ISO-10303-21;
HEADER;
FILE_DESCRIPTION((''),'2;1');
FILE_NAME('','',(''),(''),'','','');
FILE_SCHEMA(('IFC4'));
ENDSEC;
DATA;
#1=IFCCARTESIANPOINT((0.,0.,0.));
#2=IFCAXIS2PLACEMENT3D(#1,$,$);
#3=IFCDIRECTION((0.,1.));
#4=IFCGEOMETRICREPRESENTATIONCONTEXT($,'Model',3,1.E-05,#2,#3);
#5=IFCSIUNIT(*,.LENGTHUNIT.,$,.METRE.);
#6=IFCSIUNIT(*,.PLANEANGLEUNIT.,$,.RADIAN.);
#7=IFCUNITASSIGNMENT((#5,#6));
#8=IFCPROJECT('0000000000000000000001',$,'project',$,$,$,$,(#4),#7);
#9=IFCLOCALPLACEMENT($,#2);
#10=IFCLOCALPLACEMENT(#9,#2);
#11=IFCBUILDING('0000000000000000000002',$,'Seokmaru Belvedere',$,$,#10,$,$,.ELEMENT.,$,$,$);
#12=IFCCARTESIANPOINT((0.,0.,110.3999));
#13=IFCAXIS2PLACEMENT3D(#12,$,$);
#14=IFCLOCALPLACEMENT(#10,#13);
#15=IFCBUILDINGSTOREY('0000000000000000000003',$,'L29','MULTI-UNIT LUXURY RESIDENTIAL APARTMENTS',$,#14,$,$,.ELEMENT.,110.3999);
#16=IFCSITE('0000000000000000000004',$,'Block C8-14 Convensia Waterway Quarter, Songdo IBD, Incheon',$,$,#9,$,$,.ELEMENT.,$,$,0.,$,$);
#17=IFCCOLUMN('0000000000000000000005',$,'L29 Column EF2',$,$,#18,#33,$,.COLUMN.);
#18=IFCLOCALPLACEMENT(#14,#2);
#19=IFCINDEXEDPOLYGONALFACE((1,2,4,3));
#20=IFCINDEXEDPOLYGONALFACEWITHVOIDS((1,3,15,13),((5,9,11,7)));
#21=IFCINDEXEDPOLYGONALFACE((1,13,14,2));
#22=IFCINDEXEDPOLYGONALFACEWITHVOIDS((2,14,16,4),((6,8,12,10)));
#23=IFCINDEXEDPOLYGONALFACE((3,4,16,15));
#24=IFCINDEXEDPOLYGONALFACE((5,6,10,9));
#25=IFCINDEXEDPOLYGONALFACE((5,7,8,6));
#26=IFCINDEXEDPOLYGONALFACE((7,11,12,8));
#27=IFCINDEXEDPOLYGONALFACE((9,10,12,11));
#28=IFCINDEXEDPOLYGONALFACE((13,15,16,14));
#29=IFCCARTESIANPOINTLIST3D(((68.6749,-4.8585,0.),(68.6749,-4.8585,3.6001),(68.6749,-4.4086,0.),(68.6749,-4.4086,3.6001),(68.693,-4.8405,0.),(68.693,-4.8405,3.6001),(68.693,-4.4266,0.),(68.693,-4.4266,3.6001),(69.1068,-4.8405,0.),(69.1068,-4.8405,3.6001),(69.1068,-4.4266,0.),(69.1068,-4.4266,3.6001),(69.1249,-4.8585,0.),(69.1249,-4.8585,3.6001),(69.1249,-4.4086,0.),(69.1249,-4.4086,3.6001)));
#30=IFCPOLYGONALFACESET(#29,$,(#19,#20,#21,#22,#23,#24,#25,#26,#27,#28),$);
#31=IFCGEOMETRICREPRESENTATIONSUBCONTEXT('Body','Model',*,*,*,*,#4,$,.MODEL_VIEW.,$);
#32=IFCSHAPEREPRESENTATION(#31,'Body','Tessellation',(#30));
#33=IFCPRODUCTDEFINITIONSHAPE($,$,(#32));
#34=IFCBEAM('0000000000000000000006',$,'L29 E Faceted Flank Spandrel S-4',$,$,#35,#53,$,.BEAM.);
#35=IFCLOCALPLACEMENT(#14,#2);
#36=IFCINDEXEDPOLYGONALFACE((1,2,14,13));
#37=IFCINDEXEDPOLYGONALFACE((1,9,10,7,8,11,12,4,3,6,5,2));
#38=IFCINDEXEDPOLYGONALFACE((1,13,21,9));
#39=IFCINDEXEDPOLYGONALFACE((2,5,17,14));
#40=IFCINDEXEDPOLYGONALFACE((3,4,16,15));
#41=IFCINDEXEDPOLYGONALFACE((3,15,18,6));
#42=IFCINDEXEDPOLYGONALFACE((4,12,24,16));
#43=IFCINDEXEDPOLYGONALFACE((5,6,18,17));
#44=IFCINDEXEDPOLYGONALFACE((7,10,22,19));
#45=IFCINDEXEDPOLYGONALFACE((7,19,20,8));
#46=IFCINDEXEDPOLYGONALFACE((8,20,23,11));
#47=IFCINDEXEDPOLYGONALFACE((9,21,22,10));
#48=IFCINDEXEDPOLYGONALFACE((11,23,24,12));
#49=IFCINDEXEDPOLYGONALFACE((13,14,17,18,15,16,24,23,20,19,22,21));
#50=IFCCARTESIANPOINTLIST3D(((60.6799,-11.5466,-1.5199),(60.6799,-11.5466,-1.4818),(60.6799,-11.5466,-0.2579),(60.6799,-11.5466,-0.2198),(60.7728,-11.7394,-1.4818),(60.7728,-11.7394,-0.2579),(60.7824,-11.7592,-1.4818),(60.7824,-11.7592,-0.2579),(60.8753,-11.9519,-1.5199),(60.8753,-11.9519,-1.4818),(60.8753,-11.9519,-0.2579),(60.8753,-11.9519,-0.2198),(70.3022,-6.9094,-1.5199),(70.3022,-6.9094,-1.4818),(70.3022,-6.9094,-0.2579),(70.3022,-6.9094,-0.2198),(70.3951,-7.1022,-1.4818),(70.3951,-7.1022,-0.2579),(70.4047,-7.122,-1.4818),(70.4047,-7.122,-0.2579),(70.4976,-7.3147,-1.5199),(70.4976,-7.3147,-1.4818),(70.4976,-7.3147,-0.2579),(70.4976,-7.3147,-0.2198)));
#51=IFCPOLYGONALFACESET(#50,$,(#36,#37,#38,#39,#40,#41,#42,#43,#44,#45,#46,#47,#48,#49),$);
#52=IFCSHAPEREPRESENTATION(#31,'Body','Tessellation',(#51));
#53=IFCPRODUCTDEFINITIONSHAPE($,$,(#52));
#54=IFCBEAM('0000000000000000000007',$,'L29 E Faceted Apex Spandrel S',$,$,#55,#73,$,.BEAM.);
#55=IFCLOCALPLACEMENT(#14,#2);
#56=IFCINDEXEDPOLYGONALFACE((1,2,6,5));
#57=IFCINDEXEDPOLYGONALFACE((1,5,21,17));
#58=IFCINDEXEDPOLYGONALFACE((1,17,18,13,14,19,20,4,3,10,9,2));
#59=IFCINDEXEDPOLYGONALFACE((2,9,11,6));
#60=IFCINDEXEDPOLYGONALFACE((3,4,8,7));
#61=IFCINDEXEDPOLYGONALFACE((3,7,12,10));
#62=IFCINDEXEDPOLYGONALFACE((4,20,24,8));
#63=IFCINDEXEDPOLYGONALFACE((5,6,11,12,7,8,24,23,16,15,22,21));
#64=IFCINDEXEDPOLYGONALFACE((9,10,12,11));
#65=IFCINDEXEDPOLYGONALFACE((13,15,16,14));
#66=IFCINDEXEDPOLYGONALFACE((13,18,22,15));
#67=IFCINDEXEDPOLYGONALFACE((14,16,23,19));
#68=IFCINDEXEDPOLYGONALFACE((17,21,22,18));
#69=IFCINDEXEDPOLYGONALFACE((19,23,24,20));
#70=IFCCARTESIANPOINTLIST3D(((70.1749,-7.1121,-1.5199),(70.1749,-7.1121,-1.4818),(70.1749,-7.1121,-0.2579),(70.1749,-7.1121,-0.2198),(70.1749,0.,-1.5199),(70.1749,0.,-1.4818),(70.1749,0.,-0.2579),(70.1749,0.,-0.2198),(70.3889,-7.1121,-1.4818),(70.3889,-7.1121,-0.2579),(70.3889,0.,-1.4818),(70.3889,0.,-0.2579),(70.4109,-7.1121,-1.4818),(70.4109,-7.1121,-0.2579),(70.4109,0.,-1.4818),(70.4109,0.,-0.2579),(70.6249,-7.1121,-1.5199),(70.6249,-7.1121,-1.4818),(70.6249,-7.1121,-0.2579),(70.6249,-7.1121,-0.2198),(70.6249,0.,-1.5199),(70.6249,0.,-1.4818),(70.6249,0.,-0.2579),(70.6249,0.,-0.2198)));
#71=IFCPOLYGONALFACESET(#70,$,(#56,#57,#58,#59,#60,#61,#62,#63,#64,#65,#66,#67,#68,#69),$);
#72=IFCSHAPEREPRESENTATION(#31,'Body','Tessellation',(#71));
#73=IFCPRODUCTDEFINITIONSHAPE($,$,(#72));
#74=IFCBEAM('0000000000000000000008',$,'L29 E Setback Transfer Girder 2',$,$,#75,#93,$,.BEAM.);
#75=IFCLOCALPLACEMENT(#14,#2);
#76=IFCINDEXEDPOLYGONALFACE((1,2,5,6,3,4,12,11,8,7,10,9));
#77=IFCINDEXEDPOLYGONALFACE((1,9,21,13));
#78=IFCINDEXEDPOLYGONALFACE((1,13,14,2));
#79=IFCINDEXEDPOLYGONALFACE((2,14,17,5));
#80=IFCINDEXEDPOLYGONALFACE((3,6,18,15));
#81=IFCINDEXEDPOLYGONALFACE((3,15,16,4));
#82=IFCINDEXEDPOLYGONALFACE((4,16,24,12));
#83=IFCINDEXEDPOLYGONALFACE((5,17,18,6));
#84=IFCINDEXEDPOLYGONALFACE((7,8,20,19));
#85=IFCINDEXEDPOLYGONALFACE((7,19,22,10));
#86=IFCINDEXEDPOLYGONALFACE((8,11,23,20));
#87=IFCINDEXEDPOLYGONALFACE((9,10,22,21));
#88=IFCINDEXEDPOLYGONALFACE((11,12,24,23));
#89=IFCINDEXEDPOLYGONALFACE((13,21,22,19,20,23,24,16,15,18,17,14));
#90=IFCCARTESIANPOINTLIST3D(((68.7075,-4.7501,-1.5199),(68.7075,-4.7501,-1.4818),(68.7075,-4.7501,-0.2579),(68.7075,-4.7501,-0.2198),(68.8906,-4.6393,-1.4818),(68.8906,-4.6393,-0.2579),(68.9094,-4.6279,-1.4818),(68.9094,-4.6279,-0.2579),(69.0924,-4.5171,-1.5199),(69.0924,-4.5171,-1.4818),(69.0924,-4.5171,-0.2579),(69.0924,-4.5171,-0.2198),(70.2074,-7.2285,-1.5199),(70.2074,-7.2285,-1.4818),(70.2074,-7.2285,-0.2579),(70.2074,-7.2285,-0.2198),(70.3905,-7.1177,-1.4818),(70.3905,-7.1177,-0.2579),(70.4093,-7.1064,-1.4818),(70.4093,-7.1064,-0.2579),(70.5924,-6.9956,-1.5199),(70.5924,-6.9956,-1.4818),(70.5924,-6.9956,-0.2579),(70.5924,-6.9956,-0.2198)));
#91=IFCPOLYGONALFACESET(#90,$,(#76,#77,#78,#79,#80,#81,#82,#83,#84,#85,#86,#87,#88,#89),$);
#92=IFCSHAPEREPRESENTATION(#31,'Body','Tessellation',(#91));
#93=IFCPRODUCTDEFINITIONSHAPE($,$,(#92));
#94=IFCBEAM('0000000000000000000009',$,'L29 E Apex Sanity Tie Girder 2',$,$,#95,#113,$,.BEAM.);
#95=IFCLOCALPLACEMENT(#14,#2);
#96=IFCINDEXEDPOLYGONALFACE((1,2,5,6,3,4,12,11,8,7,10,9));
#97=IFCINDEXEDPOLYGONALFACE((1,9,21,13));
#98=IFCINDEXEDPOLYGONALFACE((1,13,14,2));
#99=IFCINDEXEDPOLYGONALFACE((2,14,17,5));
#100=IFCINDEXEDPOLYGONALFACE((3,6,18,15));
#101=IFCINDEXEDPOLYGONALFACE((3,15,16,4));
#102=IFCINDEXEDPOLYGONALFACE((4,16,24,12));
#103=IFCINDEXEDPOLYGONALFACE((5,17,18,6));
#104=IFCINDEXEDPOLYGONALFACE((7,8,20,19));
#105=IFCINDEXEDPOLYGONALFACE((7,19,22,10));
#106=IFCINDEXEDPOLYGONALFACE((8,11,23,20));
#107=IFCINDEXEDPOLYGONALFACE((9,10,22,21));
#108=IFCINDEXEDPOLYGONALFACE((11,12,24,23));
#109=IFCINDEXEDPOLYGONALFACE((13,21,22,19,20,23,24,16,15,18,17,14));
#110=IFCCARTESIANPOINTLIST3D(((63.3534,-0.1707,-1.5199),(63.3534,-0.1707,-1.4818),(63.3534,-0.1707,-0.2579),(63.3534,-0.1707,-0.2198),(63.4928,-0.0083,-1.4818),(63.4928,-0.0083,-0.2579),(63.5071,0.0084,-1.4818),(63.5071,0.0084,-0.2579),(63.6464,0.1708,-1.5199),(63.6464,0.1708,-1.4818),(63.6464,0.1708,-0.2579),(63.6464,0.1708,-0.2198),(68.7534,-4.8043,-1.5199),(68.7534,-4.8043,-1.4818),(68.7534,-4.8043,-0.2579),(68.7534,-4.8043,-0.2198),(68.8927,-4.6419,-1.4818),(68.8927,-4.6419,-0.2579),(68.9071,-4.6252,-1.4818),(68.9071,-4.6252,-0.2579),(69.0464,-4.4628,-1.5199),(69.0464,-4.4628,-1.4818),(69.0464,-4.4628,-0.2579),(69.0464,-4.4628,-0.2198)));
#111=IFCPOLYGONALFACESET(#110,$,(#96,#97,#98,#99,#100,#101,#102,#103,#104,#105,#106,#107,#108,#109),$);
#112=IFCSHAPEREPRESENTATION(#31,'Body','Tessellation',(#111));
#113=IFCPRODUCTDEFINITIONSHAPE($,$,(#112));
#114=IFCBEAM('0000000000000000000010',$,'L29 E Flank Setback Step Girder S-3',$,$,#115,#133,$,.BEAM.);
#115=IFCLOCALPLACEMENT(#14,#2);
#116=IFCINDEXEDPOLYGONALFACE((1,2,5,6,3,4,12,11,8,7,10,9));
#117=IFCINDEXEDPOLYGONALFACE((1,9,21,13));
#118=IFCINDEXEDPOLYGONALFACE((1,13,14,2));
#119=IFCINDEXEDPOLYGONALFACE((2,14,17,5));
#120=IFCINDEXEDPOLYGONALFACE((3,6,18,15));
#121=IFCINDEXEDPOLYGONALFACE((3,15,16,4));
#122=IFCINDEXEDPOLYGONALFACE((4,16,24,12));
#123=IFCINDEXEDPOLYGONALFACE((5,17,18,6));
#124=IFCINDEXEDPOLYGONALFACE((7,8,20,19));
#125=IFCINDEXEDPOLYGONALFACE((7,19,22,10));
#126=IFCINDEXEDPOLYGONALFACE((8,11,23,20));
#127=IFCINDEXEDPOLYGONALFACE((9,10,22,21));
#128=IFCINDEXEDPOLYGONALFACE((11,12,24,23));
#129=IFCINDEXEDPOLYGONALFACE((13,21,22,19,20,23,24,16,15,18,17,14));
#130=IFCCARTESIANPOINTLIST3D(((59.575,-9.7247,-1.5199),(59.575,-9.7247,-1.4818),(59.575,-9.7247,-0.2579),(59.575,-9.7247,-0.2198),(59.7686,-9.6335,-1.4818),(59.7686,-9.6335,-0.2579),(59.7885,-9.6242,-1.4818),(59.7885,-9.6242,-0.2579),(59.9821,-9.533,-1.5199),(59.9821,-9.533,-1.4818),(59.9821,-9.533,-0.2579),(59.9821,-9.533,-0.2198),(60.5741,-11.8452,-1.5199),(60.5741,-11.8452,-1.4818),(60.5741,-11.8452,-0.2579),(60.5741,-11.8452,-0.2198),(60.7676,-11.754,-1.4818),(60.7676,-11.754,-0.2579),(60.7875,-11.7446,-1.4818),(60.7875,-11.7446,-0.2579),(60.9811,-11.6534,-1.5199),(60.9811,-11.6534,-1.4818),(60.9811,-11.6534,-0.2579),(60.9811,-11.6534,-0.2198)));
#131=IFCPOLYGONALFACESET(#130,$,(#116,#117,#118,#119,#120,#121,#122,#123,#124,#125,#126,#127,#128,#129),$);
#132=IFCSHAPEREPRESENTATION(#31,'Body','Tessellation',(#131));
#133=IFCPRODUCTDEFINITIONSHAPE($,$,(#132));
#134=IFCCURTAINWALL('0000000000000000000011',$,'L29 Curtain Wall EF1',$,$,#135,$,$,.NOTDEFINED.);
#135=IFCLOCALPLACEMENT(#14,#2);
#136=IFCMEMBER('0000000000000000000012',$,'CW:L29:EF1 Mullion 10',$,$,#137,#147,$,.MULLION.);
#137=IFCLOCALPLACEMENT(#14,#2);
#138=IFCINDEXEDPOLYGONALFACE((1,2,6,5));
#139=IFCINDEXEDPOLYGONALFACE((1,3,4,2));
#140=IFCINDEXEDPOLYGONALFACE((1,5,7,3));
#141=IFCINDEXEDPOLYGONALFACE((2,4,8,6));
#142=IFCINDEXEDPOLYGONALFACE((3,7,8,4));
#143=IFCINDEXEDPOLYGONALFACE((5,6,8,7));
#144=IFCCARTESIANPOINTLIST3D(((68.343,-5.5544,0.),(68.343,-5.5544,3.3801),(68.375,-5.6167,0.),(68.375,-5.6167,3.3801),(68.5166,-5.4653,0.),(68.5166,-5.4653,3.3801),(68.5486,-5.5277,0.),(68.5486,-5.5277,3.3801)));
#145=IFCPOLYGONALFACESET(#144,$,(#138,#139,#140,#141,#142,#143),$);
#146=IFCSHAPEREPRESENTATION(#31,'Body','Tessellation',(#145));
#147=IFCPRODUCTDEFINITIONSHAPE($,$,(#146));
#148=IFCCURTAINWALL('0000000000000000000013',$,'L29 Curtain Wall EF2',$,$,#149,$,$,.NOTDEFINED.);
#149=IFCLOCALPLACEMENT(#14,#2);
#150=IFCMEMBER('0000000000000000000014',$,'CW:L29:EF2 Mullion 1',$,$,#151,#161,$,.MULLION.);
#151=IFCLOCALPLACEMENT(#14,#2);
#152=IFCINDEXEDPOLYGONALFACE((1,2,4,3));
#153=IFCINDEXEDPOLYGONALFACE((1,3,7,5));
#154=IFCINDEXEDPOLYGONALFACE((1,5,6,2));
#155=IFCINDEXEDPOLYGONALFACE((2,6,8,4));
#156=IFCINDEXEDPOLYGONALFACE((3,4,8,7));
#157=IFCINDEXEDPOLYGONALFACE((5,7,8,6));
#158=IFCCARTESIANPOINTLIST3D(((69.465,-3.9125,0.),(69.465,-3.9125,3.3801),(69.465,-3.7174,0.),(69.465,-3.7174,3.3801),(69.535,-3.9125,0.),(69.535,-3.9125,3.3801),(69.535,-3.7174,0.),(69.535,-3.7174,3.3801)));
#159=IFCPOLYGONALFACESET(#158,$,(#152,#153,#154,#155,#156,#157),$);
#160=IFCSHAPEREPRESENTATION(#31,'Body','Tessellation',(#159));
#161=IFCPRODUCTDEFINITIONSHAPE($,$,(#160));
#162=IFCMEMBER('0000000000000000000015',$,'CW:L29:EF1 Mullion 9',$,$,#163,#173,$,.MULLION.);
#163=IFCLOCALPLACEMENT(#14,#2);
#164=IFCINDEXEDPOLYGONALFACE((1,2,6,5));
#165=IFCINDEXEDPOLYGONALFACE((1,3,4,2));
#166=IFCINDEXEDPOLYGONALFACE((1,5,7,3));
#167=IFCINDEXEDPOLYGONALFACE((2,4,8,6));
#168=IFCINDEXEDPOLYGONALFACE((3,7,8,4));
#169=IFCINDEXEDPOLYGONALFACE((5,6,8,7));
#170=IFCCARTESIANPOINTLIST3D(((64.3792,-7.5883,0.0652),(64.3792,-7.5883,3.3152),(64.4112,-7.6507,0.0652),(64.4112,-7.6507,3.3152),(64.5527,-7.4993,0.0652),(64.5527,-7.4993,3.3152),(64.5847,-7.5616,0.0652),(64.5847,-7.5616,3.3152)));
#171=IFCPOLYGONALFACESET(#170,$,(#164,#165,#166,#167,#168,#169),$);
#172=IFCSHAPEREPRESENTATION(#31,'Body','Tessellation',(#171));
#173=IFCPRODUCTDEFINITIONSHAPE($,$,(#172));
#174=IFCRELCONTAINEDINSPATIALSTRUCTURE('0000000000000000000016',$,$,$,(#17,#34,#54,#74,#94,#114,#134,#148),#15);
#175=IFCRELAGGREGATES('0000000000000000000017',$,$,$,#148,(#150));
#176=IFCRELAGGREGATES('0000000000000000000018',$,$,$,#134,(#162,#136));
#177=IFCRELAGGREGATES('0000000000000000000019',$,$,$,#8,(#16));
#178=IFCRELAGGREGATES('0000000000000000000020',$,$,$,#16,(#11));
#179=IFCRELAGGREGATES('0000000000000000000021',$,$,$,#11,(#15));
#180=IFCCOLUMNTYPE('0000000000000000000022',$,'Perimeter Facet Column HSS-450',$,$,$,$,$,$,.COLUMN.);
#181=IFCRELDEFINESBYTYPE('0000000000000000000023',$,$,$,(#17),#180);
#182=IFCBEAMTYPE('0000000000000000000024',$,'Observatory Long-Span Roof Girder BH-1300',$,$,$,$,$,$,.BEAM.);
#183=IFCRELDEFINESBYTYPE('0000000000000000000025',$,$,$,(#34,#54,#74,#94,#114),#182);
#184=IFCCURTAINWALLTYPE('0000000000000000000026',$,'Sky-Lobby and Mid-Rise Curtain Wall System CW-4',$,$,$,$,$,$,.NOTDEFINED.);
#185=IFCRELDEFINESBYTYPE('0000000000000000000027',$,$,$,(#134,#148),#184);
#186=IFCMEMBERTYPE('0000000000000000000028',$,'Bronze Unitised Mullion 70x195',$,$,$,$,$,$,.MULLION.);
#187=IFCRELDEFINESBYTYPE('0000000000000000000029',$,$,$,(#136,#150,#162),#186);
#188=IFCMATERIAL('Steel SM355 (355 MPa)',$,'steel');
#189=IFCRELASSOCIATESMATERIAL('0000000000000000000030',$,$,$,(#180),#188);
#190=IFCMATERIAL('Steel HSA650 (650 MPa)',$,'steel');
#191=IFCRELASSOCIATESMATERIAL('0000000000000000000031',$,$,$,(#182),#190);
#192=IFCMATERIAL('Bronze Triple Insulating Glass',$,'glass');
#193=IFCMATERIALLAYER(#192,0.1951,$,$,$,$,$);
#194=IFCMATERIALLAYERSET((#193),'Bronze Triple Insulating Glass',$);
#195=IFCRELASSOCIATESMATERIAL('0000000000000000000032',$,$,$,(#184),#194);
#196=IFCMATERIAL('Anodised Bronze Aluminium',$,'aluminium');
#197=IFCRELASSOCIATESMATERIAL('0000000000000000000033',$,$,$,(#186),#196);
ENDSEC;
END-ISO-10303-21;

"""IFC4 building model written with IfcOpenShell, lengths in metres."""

from ifc_helpers import new_model, si_unit, direction, frame, origin, origin_2d, place, context, subcontext, project, spatial, rectangle, hollow_rectangle, i_section, extrude, source, transform, mapped, material, layer, layer_set, material_profile, profile_set, type_object, type_shapes, element, aggregate, save


model = new_model("IFC4")

# Units and contexts
model_context = context("Model", 3, precision=1e-05, world=origin(), true_north=direction((0.0, 1.0)))
body_context = subcontext(model_context, "Body", "Model", "MODEL_VIEW")
ifc_project = project(units=[si_unit("LENGTHUNIT", "METRE"), si_unit("PLANEANGLEUNIT", "RADIAN")], contexts=[model_context])

# Site, building, storey
site_placement = place(None, origin())
site = spatial("IfcSite", under=ifc_project, at=site_placement, Name="Block C8-14 Convensia Waterway Quarter, Songdo IBD, Incheon", CompositionType="ELEMENT", RefElevation=0.0)
building_placement = place(site_placement, origin())
building = spatial("IfcBuilding", under=site, at=building_placement, Name="Seokmaru Belvedere", CompositionType="ELEMENT")
storey_placement = place(building_placement, frame((0.0, 0.0, 110.3999)))
storey = spatial("IfcBuildingStorey", under=building, at=storey_placement, Name="L29", Description="MULTI-UNIT LUXURY RESIDENTIAL APARTMENTS", CompositionType="ELEMENT", Elevation=110.3999)

# Column
ifc_material_1 = material(Name="Steel SM355 (355 MPa)", Category="steel")
ifc_material_profile_1 = material_profile(ifc_material_1, hollow_rectangle(XDim=0.45, YDim=0.45, WallThickness=0.0181, at=origin_2d()), Name="HSS-450x450x18")
ifc_profile_set_1 = profile_set([ifc_material_profile_1], Name="Steel SM355 (355 MPa)")
column_type = type_object("IfcColumnType", Name="Perimeter Facet Column HSS-450", PredefinedType="COLUMN", material=ifc_profile_set_1)
shared_shape_1 = source(origin(), body_context, "Body", "SweptSolid", [
    extrude(hollow_rectangle(XDim=0.45, YDim=0.45, WallThickness=0.0181, at=origin_2d()), origin(), (0.0, 0.0, 1.0), 3.6001),
])
type_shapes(column_type, [shared_shape_1])
column_placement = place(storey_placement, frame((68.8999, -4.6335, 0.0), z_axis=(0.0, 0.0, 1.0), x_axis=(1.0, 0.0, 0.0)))
element("IfcColumn", 1, at=column_placement, inside=storey, type_object=column_type, Name="L29 Column EF2", PredefinedType="COLUMN", context=body_context, shape_type="MappedRepresentation", body=[
    mapped(shared_shape_1, transform((0.0, 0.0, 0.0), scale=1.0)),
])

# Beams
ifc_material_2 = material(Name="Steel HSA650 (650 MPa)", Category="steel")
ifc_material_profile_2 = material_profile(ifc_material_2, i_section(OverallWidth=0.45, OverallDepth=1.3, WebThickness=0.022, FlangeThickness=0.0381, at=origin_2d()), Name="BH-1300x450x22x38")
ifc_profile_set_2 = profile_set([ifc_material_profile_2], Name="Steel HSA650 (650 MPa)")
beam_type = type_object("IfcBeamType", Name="Observatory Long-Span Roof Girder BH-1300", PredefinedType="BEAM", material=ifc_profile_set_2)
shared_shape_2 = source(origin(), body_context, "Body", "SweptSolid", [
    extrude(i_section(OverallWidth=0.45, OverallDepth=1.3, WebThickness=0.022, FlangeThickness=0.0381, at=origin_2d()), origin(), (0.0, 0.0, 1.0), 10.6814),
])
beam_1_placement = place(storey_placement, frame((60.7776, -11.7493, -0.8699), z_axis=(0.900846, 0.434138, 0.0), x_axis=(-0.434138, 0.900846, 0.0)))
element("IfcBeam", 2, at=beam_1_placement, inside=storey, type_object=beam_type, Name="L29 E Faceted Flank Spandrel S-4", PredefinedType="BEAM", context=body_context, shape_type="MappedRepresentation", body=[
    mapped(shared_shape_2, transform((0.0, 0.0, 0.0), scale=1.0)),
])
shared_shape_3 = source(origin(), body_context, "Body", "SweptSolid", [
    extrude(i_section(OverallWidth=0.45, OverallDepth=1.3, WebThickness=0.022, FlangeThickness=0.0381, at=origin_2d()), origin(), (0.0, 0.0, 1.0), 7.1121),
])
beam_2_placement = place(storey_placement, frame((70.3999, -7.1121, -0.8699), z_axis=(0.0, 1.0, 0.0), x_axis=(-1.0, 0.0, 0.0)))
element("IfcBeam", 3, at=beam_2_placement, inside=storey, type_object=beam_type, Name="L29 E Faceted Apex Spandrel S", PredefinedType="BEAM", context=body_context, shape_type="MappedRepresentation", body=[
    mapped(shared_shape_3, transform((0.0, 0.0, 0.0), scale=1.0)),
])
shared_shape_4 = source(origin(), body_context, "Body", "SweptSolid", [
    extrude(i_section(OverallWidth=0.45, OverallDepth=1.3, WebThickness=0.022, FlangeThickness=0.0381, at=origin_2d()), origin(), (0.0, 0.0, 1.0), 2.897),
])
beam_3_placement = place(storey_placement, frame((70.3999, -7.1121, -0.8699), z_axis=(-0.517764, 0.855524, 0.0), x_axis=(-0.855524, -0.517764, 0.0)))
element("IfcBeam", 4, at=beam_3_placement, inside=storey, type_object=beam_type, Name="L29 E Setback Transfer Girder 2", PredefinedType="BEAM", context=body_context, shape_type="MappedRepresentation", body=[
    mapped(shared_shape_4, transform((0.0, 0.0, 0.0), scale=1.0)),
])
shared_shape_5 = source(origin(), body_context, "Body", "SweptSolid", [
    extrude(i_section(OverallWidth=0.45, OverallDepth=1.3, WebThickness=0.022, FlangeThickness=0.0381, at=origin_2d()), origin(), (0.0, 0.0, 1.0), 7.1155),
])
beam_4_placement = place(storey_placement, frame((68.8999, -4.6335, -0.8699), z_axis=(-0.758905, 0.651201, 0.0), x_axis=(-0.651201, -0.758905, 0.0)))
element("IfcBeam", 5, at=beam_4_placement, inside=storey, type_object=beam_type, Name="L29 E Apex Sanity Tie Girder 2", PredefinedType="BEAM", context=body_context, shape_type="MappedRepresentation", body=[
    mapped(shared_shape_5, transform((0.0, 0.0, 0.0), scale=1.0)),
])
shared_shape_6 = source(origin(), body_context, "Body", "SweptSolid", [
    extrude(i_section(OverallWidth=0.45, OverallDepth=1.3, WebThickness=0.022, FlangeThickness=0.0381, at=origin_2d()), origin(), (0.0, 0.0, 1.0), 2.344),
])
type_shapes(beam_type, [shared_shape_2, shared_shape_3, shared_shape_4, shared_shape_5, shared_shape_6])
beam_5_placement = place(storey_placement, frame((60.7776, -11.7493, -0.8699), z_axis=(-0.426218, 0.90462, 0.0), x_axis=(-0.90462, -0.426218, 0.0)))
element("IfcBeam", 6, at=beam_5_placement, inside=storey, type_object=beam_type, Name="L29 E Flank Setback Step Girder S-3", PredefinedType="BEAM", context=body_context, shape_type="MappedRepresentation", body=[
    mapped(shared_shape_6, transform((0.0, 0.0, 0.0), scale=1.0)),
])

# Curtain walls, members
ifc_material_3 = material(Name="Bronze Triple Insulating Glass", Category="glass")
ifc_layer_1 = layer(ifc_material_3, 0.1951)
ifc_layer_set_1 = layer_set([ifc_layer_1], Name="Bronze Triple Insulating Glass")
curtain_wall_type = type_object("IfcCurtainWallType", Name="Sky-Lobby and Mid-Rise Curtain Wall System CW-4", PredefinedType="NOTDEFINED", material=ifc_layer_set_1)
curtain_wall_1_placement = place(storey_placement, origin())
curtain_wall_1 = element("IfcCurtainWall", 7, at=curtain_wall_1_placement, inside=storey, type_object=curtain_wall_type, Name="L29 Curtain Wall EF1", PredefinedType="NOTDEFINED")
ifc_material_4 = material(Name="Anodised Bronze Aluminium", Category="aluminium")
ifc_material_profile_3 = material_profile(ifc_material_4, rectangle(XDim=0.0701, YDim=0.1951, at=origin_2d()), Name="CW-M-70x195")
ifc_profile_set_3 = profile_set([ifc_material_profile_3], Name="Anodised Bronze Aluminium")
member_type_1 = type_object("IfcMemberType", Name="Bronze Unitised Mullion 70x195", PredefinedType="MULLION", material=ifc_profile_set_3)
shared_shape_7 = source(origin(), body_context, "Body", "SweptSolid", [
    extrude(rectangle(XDim=0.0701, YDim=0.1951, at=origin_2d()), origin(), (0.0, 0.0, 1.0), 3.3801),
])
member_1_placement = place(storey_placement, frame((68.4458, -5.541, 0.0), z_axis=(0.0, 0.0, 1.0), x_axis=(-0.456555, 0.889695, 0.0)))
member_1 = element("IfcMember", 8, at=member_1_placement, type_object=member_type_1, Name="CW:L29:EF1 Mullion 10", PredefinedType="MULLION", context=body_context, shape_type="MappedRepresentation", body=[
    mapped(shared_shape_7, transform((0.0, 0.0, 0.0), scale=1.0)),
])
curtain_wall_2_placement = place(storey_placement, origin())
curtain_wall_2 = element("IfcCurtainWall", 9, at=curtain_wall_2_placement, inside=storey, type_object=curtain_wall_type, Name="L29 Curtain Wall EF2", PredefinedType="NOTDEFINED")
member_2_placement = place(storey_placement, frame((69.5, -3.8149, 0.0), z_axis=(0.0, 0.0, 1.0), x_axis=(-1.0, 0.0, 0.0)))
member_2 = element("IfcMember", 10, at=member_2_placement, type_object=member_type_1, Name="CW:L29:EF2 Mullion 1", PredefinedType="MULLION", context=body_context, shape_type="MappedRepresentation", body=[
    mapped(shared_shape_7, transform((0.0, 0.0, 0.0), scale=1.0)),
])

# Member
shared_shape_8 = source(origin(), body_context, "Body", "SweptSolid", [
    extrude(rectangle(XDim=0.0701, YDim=0.1951, at=origin_2d()), origin(), (0.0, 0.0, 1.0), 3.25),
])
type_shapes(member_type_1, [shared_shape_7, shared_shape_8])
member_3_placement = place(storey_placement, frame((64.4819, -7.575, 0.0652), z_axis=(0.0, 0.0, 1.0), x_axis=(-0.456555, 0.889695, 0.0)))
member_3 = element("IfcMember", 11, at=member_3_placement, type_object=member_type_1, Name="CW:L29:EF1 Mullion 9", PredefinedType="MULLION", context=body_context, shape_type="MappedRepresentation", body=[
    mapped(shared_shape_8, transform((0.0, 0.0, 0.0), scale=1.0)),
])
aggregate(curtain_wall_2, [member_2])

aggregate(curtain_wall_1, [member_3, member_1])

save(model, "model.ifc")
